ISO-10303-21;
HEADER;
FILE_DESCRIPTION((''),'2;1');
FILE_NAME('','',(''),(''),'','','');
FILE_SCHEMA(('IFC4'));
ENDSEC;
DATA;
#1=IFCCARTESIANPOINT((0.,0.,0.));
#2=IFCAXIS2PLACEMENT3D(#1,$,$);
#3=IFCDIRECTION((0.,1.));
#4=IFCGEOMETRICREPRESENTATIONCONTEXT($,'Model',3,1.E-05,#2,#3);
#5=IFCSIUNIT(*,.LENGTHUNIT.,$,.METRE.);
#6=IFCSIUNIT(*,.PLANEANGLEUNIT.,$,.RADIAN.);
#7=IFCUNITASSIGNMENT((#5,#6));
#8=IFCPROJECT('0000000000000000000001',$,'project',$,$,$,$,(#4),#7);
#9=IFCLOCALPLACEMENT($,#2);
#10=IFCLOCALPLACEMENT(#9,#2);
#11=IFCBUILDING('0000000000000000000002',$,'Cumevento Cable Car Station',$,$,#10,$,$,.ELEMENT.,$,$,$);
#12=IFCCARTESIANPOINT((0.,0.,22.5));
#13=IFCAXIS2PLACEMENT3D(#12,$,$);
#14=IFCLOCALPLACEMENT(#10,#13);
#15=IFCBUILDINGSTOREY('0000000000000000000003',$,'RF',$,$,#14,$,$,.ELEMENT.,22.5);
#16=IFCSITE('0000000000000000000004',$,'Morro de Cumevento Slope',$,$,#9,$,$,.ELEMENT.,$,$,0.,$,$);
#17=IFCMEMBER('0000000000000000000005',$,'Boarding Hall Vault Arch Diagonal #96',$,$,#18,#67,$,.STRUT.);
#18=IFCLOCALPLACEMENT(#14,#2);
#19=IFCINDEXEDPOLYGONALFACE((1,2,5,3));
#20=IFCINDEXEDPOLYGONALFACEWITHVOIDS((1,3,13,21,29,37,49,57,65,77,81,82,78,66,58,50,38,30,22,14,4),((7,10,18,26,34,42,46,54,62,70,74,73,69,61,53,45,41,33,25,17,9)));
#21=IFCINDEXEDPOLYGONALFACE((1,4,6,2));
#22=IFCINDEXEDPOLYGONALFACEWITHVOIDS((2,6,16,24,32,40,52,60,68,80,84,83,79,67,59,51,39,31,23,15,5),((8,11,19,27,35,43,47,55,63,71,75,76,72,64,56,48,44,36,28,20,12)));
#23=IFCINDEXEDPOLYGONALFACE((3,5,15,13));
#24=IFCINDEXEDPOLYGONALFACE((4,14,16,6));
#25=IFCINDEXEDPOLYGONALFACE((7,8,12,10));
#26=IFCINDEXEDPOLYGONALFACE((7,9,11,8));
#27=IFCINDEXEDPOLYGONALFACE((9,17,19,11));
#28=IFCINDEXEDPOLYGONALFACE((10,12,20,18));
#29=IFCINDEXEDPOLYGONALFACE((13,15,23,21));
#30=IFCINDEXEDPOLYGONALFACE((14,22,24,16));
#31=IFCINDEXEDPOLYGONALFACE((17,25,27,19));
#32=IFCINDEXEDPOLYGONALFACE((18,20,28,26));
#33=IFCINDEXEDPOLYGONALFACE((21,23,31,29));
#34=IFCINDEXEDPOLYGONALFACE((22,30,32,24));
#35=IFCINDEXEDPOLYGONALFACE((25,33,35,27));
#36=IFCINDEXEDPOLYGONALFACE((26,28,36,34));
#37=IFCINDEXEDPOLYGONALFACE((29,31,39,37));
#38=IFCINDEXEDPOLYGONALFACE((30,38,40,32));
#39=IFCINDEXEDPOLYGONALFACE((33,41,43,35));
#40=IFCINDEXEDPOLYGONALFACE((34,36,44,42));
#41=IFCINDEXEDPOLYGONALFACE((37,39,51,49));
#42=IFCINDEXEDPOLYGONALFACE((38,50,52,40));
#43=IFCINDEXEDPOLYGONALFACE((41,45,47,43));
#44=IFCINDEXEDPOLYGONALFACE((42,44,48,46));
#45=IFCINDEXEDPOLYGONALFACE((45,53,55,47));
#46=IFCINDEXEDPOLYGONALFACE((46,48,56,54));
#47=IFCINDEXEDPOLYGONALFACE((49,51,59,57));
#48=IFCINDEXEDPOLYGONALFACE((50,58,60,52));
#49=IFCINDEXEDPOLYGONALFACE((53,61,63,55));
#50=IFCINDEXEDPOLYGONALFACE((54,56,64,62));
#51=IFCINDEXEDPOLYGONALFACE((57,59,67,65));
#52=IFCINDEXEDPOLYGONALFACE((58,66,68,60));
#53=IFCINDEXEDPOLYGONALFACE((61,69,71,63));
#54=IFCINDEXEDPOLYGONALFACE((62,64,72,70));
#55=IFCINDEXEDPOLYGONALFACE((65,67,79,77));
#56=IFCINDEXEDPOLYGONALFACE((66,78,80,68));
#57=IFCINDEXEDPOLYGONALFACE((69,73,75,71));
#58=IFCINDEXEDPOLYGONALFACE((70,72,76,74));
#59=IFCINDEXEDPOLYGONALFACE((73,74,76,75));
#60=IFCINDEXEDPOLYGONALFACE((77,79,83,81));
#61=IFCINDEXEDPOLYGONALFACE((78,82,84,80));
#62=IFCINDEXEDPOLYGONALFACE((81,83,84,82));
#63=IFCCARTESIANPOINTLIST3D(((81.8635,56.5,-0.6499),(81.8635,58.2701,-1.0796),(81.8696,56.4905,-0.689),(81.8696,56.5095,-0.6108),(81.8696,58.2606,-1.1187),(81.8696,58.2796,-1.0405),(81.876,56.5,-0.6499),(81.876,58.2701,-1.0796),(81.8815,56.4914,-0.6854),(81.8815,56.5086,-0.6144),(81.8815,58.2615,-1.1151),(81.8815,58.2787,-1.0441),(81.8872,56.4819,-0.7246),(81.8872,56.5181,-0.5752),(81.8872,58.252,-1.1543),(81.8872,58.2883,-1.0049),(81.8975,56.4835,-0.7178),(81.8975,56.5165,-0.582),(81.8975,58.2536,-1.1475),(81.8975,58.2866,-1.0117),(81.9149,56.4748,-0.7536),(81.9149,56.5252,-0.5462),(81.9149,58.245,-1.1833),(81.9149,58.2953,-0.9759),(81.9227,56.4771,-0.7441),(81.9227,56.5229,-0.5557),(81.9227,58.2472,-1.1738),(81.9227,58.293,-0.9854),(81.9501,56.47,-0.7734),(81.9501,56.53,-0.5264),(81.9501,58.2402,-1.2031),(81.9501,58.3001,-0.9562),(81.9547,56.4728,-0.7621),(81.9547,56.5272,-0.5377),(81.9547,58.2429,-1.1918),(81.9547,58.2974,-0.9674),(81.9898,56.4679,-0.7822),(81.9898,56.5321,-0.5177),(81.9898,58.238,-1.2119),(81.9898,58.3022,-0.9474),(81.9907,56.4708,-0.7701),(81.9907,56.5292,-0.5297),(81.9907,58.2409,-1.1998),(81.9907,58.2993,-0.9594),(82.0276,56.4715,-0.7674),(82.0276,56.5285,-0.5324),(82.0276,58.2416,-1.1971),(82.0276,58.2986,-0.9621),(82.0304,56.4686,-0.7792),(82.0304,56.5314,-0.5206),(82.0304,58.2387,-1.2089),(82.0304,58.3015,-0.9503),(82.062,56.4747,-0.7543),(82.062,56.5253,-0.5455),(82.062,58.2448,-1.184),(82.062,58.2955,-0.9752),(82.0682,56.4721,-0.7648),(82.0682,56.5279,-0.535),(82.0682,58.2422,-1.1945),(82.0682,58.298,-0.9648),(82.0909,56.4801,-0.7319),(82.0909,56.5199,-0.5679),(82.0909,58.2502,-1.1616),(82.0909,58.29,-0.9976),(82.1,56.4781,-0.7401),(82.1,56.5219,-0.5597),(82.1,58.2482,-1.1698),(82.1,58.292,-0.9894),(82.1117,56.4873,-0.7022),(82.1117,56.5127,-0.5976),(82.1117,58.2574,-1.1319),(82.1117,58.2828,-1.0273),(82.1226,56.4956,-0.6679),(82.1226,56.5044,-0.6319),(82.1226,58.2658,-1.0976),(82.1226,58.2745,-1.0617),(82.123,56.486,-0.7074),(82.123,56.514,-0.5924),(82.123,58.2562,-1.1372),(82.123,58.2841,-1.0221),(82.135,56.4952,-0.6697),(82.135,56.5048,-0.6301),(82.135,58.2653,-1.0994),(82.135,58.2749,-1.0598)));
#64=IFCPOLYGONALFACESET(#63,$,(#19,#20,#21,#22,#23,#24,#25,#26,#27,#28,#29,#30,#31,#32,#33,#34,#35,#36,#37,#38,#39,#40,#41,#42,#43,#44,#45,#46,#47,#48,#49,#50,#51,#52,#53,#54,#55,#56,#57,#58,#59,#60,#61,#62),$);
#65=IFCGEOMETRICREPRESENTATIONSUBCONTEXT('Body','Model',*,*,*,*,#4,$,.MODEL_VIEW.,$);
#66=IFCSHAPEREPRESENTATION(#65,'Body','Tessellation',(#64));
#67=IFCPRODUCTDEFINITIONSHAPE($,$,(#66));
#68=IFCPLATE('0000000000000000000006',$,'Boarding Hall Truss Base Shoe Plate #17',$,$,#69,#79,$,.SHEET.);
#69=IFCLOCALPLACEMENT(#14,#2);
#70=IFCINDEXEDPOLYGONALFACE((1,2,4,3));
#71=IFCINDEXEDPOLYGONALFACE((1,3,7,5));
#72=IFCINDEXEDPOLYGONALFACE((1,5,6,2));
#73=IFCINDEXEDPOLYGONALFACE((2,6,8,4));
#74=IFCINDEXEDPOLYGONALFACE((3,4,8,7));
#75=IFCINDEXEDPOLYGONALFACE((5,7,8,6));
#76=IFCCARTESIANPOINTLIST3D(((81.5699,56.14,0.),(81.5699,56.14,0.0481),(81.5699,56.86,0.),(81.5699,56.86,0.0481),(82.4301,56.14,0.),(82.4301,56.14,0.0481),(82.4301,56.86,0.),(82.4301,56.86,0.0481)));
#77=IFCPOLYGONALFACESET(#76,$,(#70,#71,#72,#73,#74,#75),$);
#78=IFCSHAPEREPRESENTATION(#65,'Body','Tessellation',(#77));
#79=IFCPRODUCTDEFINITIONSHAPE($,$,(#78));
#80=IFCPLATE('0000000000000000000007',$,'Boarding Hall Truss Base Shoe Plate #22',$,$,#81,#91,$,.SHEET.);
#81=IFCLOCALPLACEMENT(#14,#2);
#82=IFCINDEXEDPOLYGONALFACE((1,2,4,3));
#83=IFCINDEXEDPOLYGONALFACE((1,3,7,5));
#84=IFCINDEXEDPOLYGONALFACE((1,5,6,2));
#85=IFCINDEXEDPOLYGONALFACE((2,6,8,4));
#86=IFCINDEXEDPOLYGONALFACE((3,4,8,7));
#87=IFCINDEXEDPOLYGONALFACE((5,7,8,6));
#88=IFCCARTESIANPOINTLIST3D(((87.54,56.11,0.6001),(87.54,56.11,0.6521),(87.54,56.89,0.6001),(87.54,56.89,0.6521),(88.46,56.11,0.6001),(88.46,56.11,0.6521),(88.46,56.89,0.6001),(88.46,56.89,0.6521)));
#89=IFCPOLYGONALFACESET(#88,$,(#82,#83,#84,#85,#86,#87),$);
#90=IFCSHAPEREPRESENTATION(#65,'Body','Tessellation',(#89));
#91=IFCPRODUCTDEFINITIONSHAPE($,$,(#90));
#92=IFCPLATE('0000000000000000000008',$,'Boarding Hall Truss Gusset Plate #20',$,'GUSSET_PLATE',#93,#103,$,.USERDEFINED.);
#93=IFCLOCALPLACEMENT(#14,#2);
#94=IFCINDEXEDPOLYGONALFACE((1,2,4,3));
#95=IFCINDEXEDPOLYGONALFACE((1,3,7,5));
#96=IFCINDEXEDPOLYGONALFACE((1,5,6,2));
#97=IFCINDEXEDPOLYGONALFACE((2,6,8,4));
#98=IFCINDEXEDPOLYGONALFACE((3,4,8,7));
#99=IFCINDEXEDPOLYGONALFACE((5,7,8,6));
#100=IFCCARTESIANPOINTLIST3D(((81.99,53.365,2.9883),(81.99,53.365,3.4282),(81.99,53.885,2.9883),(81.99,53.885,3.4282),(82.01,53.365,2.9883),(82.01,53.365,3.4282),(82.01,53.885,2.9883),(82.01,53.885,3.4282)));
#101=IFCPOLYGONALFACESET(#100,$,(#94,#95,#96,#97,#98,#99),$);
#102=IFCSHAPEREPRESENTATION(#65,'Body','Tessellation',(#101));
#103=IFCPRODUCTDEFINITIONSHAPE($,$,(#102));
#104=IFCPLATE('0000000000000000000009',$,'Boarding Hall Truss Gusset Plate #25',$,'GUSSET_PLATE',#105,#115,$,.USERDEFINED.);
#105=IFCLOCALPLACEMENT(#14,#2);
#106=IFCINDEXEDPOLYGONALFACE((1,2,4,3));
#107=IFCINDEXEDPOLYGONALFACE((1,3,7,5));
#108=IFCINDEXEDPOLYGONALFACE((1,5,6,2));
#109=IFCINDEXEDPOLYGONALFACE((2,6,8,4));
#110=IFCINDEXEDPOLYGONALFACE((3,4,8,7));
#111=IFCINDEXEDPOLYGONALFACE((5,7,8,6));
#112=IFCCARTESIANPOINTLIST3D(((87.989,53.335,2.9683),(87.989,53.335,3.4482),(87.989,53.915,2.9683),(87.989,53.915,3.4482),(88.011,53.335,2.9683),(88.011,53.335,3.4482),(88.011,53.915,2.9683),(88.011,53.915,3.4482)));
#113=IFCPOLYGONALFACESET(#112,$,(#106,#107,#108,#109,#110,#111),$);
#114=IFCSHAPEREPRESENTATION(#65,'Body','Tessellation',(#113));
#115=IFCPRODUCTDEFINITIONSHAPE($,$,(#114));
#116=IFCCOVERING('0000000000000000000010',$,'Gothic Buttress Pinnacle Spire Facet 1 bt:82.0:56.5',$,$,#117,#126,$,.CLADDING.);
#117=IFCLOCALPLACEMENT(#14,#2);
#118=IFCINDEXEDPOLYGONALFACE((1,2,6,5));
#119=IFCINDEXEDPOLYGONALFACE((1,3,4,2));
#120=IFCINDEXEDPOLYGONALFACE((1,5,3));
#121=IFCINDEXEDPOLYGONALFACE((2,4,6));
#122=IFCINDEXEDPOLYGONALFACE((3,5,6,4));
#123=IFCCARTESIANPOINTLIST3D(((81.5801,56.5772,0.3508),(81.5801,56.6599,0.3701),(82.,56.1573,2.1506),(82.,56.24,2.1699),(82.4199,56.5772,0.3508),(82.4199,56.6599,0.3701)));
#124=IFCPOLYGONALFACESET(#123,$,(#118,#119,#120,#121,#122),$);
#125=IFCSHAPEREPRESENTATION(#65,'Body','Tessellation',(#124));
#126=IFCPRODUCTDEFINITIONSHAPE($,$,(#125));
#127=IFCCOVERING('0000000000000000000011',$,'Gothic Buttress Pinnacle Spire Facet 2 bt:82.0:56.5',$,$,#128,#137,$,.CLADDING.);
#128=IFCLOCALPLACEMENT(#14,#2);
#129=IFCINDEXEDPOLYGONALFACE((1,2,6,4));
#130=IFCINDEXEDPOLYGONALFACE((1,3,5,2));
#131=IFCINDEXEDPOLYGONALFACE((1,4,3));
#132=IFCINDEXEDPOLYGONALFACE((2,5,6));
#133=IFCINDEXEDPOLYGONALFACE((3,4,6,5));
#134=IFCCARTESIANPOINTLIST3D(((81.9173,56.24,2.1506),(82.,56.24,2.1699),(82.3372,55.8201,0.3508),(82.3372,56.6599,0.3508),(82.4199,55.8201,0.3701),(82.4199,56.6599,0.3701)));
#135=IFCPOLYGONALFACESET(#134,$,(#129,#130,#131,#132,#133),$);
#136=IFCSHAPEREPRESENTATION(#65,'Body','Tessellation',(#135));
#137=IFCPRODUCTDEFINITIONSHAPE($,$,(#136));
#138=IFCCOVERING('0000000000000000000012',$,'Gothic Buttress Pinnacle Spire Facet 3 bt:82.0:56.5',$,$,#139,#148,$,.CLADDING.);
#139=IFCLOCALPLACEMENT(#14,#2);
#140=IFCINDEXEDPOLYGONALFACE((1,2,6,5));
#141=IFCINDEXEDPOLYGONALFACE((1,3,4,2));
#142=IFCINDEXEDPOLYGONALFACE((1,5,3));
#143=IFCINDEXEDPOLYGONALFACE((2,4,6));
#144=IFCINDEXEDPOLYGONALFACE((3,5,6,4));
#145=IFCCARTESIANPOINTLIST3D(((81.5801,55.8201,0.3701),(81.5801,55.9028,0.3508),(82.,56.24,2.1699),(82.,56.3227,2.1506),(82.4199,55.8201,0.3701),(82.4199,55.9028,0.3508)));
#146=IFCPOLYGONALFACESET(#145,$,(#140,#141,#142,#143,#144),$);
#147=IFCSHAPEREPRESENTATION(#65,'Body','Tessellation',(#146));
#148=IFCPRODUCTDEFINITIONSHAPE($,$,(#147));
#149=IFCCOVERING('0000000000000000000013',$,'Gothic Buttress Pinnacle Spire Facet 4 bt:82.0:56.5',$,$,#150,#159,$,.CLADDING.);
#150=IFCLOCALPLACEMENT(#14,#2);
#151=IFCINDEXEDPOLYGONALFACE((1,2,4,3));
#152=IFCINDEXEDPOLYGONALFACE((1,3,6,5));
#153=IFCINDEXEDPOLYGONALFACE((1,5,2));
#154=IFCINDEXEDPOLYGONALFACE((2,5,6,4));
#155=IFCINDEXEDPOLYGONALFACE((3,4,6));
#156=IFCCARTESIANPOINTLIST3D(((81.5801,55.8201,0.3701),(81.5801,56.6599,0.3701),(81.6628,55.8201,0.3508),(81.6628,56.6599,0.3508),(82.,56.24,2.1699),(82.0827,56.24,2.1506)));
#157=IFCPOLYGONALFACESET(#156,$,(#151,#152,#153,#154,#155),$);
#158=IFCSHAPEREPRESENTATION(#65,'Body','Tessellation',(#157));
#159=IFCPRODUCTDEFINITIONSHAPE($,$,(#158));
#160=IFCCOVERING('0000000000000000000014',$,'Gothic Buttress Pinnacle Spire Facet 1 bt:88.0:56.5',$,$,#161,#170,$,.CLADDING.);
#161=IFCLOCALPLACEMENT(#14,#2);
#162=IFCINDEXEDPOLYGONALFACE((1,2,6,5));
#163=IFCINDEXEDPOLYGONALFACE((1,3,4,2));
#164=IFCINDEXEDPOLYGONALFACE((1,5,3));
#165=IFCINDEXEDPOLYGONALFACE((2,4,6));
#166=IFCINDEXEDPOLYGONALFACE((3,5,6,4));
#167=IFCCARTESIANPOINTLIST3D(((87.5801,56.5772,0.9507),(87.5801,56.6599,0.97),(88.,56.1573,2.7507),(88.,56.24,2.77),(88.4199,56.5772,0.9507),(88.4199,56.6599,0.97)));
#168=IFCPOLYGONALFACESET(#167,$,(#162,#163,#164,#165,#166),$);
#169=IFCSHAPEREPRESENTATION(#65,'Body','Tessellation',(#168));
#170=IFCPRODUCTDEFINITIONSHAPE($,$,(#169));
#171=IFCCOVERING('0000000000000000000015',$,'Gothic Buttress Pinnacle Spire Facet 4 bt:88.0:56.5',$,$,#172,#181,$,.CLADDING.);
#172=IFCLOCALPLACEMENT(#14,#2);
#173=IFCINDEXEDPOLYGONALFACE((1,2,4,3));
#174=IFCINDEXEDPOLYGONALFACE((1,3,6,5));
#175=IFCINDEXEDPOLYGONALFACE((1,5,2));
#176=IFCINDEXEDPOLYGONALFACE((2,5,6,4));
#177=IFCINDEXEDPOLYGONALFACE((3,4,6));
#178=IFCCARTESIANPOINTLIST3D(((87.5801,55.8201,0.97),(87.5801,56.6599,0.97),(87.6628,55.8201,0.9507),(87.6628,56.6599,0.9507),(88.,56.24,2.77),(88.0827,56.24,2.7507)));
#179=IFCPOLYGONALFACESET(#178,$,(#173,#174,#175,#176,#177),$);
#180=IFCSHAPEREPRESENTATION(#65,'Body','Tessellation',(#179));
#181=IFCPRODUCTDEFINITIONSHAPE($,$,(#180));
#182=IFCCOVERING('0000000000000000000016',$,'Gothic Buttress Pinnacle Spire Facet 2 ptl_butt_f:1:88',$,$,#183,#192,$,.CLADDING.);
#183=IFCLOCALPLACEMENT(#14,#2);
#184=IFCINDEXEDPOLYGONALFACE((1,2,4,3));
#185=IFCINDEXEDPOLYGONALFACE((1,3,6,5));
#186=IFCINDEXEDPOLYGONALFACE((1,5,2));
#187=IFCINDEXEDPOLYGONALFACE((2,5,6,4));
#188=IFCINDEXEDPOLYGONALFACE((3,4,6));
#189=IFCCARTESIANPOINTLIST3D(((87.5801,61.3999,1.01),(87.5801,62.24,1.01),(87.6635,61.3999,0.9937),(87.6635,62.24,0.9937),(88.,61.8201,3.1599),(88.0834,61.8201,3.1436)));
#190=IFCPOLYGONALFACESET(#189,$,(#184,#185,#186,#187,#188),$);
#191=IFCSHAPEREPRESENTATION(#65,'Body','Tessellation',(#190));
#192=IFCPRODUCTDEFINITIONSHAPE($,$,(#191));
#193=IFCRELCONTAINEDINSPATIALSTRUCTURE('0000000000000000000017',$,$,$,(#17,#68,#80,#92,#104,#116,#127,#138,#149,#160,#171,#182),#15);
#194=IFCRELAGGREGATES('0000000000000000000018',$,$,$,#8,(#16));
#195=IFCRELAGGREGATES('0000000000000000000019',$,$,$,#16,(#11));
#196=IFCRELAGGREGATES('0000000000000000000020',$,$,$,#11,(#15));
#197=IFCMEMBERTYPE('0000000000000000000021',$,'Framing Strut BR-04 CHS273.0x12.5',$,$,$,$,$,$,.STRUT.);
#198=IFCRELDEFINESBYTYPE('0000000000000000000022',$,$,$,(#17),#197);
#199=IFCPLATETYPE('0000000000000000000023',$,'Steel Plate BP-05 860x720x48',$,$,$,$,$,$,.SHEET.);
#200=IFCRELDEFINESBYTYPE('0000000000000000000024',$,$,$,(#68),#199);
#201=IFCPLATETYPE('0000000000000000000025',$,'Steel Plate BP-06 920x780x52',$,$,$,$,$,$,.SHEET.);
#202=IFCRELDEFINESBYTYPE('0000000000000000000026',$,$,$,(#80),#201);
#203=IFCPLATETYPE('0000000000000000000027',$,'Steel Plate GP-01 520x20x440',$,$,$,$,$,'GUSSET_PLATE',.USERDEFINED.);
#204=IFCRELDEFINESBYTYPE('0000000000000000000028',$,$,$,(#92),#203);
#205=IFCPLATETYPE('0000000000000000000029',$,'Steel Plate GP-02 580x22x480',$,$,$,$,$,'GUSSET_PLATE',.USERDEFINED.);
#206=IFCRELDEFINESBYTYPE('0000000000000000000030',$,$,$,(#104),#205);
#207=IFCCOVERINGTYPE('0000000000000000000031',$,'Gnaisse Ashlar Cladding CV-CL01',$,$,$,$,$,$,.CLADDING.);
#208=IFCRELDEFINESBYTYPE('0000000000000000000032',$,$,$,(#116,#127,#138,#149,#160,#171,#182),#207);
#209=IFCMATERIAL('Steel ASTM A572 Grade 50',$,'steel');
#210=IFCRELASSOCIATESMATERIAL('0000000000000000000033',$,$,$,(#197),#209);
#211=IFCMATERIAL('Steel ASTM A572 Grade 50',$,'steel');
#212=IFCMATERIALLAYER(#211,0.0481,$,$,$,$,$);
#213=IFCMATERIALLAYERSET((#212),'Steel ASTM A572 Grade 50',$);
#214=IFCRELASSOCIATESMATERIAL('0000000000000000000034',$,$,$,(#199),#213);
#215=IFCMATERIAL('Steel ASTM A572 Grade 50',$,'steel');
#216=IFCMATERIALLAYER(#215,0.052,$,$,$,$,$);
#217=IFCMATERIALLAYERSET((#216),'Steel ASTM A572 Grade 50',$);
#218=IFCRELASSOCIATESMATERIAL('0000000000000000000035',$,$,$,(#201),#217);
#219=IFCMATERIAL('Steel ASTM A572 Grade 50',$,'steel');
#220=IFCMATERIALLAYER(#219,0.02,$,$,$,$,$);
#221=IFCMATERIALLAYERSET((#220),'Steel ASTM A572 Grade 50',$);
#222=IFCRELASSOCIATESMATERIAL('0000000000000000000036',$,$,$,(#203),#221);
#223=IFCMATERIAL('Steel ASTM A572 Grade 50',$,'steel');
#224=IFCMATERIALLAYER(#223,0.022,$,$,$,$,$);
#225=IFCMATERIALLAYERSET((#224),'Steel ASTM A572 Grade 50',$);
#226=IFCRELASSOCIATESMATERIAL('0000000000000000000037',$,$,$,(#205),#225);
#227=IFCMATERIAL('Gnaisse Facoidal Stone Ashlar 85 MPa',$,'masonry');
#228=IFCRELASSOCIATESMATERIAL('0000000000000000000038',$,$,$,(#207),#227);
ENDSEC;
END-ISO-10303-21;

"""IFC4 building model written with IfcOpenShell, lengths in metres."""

from ifc_helpers import new_model, si_unit, direction, frame, origin, origin_2d, place, context, subcontext, project, spatial, polyline, rectangle, hollow_circle, outline, extrude, material, layer, layer_set, material_profile, profile_set, type_object, element, save


model = new_model("IFC4")

# Units and contexts
model_context = context("Model", 3, precision=1e-05, world=origin(), true_north=direction((0.0, 1.0)))
body_context = subcontext(model_context, "Body", "Model", "MODEL_VIEW")
ifc_project = project(units=[si_unit("LENGTHUNIT", "METRE"), si_unit("PLANEANGLEUNIT", "RADIAN")], contexts=[model_context])

# Site, building, storey
site_placement = place(None, origin())
site = spatial("IfcSite", under=ifc_project, at=site_placement, Name="Morro de Cumevento Slope", CompositionType="ELEMENT", RefElevation=0.0)
building_placement = place(site_placement, origin())
building = spatial("IfcBuilding", under=site, at=building_placement, Name="Cumevento Cable Car Station", CompositionType="ELEMENT")
storey_placement = place(building_placement, frame((0.0, 0.0, 22.5)))
storey = spatial("IfcBuildingStorey", under=building, at=storey_placement, Name="RF", CompositionType="ELEMENT", Elevation=22.5)

# Member
ifc_material_1 = material(Name="Steel ASTM A572 Grade 50", Category="steel")
ifc_material_profile_1 = material_profile(ifc_material_1, hollow_circle(Radius=0.1365, WallThickness=0.0125, at=origin_2d()), Name="CHS273.0x12.5")
ifc_profile_set_1 = profile_set([ifc_material_profile_1], Name="Steel ASTM A572 Grade 50")
member_type_1 = type_object("IfcMemberType", Name="Framing Strut BR-04 CHS273.0x12.5", PredefinedType="STRUT", material=ifc_profile_set_1)
for number, where, z_axis, x_axis, name in (
    (1, (82.0, 56.5, -0.6499), (0.0, 0.971776, -0.235907), (-1.0, 0.0, 0.0), "Boarding Hall Vault Arch Diagonal #96"),
):
    element("IfcMember", number, at=place(storey_placement, frame(where, z_axis=z_axis, x_axis=x_axis)), inside=storey, type_object=member_type_1, Name=name, PredefinedType="STRUT", context=body_context, shape_type="SweptSolid", body=[
        extrude(hollow_circle(Radius=0.1365, WallThickness=0.0125, at=origin_2d()), origin(), (0.0, 0.0, 1.0), 1.8215),
    ])

# Plates
ifc_material_2 = material(Name="Steel ASTM A572 Grade 50", Category="steel")
ifc_layer_1 = layer(ifc_material_2, 0.0481)
ifc_layer_set_1 = layer_set([ifc_layer_1], Name="Steel ASTM A572 Grade 50")
plate_type_1 = type_object("IfcPlateType", Name="Steel Plate BP-05 860x720x48", PredefinedType="SHEET", material=ifc_layer_set_1)
plate_1_placement = place(storey_placement, frame((82.0, 56.5, 0.0), z_axis=(0.0, 0.0, 1.0), x_axis=(1.0, 0.0, 0.0)))
element("IfcPlate", 2, at=plate_1_placement, inside=storey, type_object=plate_type_1, Name="Boarding Hall Truss Base Shoe Plate #17", PredefinedType="SHEET", context=body_context, shape_type="SweptSolid", body=[
    extrude(rectangle(XDim=0.8601, YDim=0.72, at=origin_2d()), origin(), (0.0, 0.0, 1.0), 0.0481),
])
ifc_material_3 = material(Name="Steel ASTM A572 Grade 50", Category="steel")
ifc_layer_2 = layer(ifc_material_3, 0.052)
ifc_layer_set_2 = layer_set([ifc_layer_2], Name="Steel ASTM A572 Grade 50")
plate_type_2 = type_object("IfcPlateType", Name="Steel Plate BP-06 920x780x52", PredefinedType="SHEET", material=ifc_layer_set_2)
plate_2_placement = place(storey_placement, frame((88.0, 56.5, 0.6001), z_axis=(0.0, 0.0, 1.0), x_axis=(1.0, 0.0, 0.0)))
element("IfcPlate", 3, at=plate_2_placement, inside=storey, type_object=plate_type_2, Name="Boarding Hall Truss Base Shoe Plate #22", PredefinedType="SHEET", context=body_context, shape_type="SweptSolid", body=[
    extrude(rectangle(XDim=0.9199, YDim=0.78, at=origin_2d()), origin(), (0.0, 0.0, 1.0), 0.052),
])
ifc_material_4 = material(Name="Steel ASTM A572 Grade 50", Category="steel")
ifc_layer_3 = layer(ifc_material_4, 0.02)
ifc_layer_set_3 = layer_set([ifc_layer_3], Name="Steel ASTM A572 Grade 50")
plate_type_3 = type_object("IfcPlateType", Name="Steel Plate GP-01 520x20x440", ElementType="GUSSET_PLATE", PredefinedType="USERDEFINED", material=ifc_layer_set_3)
plate_3_placement = place(storey_placement, frame((82.0, 53.625, 2.9883), z_axis=(0.0, 0.0, 1.0), x_axis=(0.0, 1.0, 0.0)))
element("IfcPlate", 4, at=plate_3_placement, inside=storey, type_object=plate_type_3, Name="Boarding Hall Truss Gusset Plate #20", ObjectType="GUSSET_PLATE", PredefinedType="USERDEFINED", context=body_context, shape_type="SweptSolid", body=[
    extrude(rectangle(XDim=0.52, YDim=0.02, at=origin_2d()), origin(), (0.0, 0.0, 1.0), 0.4399),
])
ifc_material_5 = material(Name="Steel ASTM A572 Grade 50", Category="steel")
ifc_layer_4 = layer(ifc_material_5, 0.022)
ifc_layer_set_4 = layer_set([ifc_layer_4], Name="Steel ASTM A572 Grade 50")
plate_type_4 = type_object("IfcPlateType", Name="Steel Plate GP-02 580x22x480", ElementType="GUSSET_PLATE", PredefinedType="USERDEFINED", material=ifc_layer_set_4)
plate_4_placement = place(storey_placement, frame((88.0, 53.625, 2.9683), z_axis=(0.0, 0.0, 1.0), x_axis=(0.0, 1.0, 0.0)))
element("IfcPlate", 5, at=plate_4_placement, inside=storey, type_object=plate_type_4, Name="Boarding Hall Truss Gusset Plate #25", ObjectType="GUSSET_PLATE", PredefinedType="USERDEFINED", context=body_context, shape_type="SweptSolid", body=[
    extrude(rectangle(XDim=0.5801, YDim=0.022, at=origin_2d()), origin(), (0.0, 0.0, 1.0), 0.48),
])

# Coverings
ifc_material_6 = material(Name="Gnaisse Facoidal Stone Ashlar 85 MPa", Category="masonry")
covering_type = type_object("IfcCoveringType", Name="Gnaisse Ashlar Cladding CV-CL01", PredefinedType="CLADDING", material=ifc_material_6)
for number, where, z_axis, x_axis, name in (
    (6, (81.5801, 56.6599, 0.3701), (0.0, 0.973845, 0.227213), (1.0, 0.0, 0.0), "Gothic Buttress Pinnacle Spire Facet 1 bt:82.0:56.5"),
    (7, (82.4199, 56.6599, 0.3701), (0.973845, 0.0, 0.227213), (0.0, -1.0, 0.0), "Gothic Buttress Pinnacle Spire Facet 2 bt:82.0:56.5"),
    (8, (82.4199, 55.8201, 0.3701), (0.0, -0.973845, 0.227213), (-1.0, 0.0, 0.0), "Gothic Buttress Pinnacle Spire Facet 3 bt:82.0:56.5"),
    (9, (81.5801, 55.8201, 0.3701), (-0.973845, 0.0, 0.227213), (0.0, 1.0, 0.0), "Gothic Buttress Pinnacle Spire Facet 4 bt:82.0:56.5"),
):
    element("IfcCovering", number, at=place(storey_placement, frame(where, z_axis=z_axis, x_axis=x_axis)), inside=storey, type_object=covering_type, Name=name, PredefinedType="CLADDING", context=body_context, shape_type="SweptSolid", body=[
        extrude(outline(polyline([(0.0, 0.0), (0.8398, 0.0), (0.4199, -1.8481), (0.0, 0.0)])), origin(), (0.0, 0.0, -1.0), 0.085),
    ])
for number, where, z_axis, x_axis, name in (
    (10, (87.5801, 56.6599, 0.97), (0.0, 0.973852, 0.227184), (1.0, 0.0, 0.0), "Gothic Buttress Pinnacle Spire Facet 1 bt:88.0:56.5"),
    (11, (87.5801, 55.8201, 0.97), (-0.973852, 0.0, 0.227184), (0.0, 1.0, 0.0), "Gothic Buttress Pinnacle Spire Facet 4 bt:88.0:56.5"),
):
    element("IfcCovering", number, at=place(storey_placement, frame(where, z_axis=z_axis, x_axis=x_axis)), inside=storey, type_object=covering_type, Name=name, PredefinedType="CLADDING", context=body_context, shape_type="SweptSolid", body=[
        extrude(outline(polyline([(0.0, 0.0), (0.8398, 0.0), (0.4199, -1.8484), (0.0, 0.0)])), origin(), (0.0, 0.0, -1.0), 0.085),
    ])
covering_1_placement = place(storey_placement, frame((87.5801, 61.3999, 1.01), z_axis=(-0.981454, 0.0, 0.191699), x_axis=(0.0, 1.0, 0.0)))
element("IfcCovering", 12, at=covering_1_placement, inside=storey, type_object=covering_type, Name="Gothic Buttress Pinnacle Spire Facet 2 ptl_butt_f:1:88", PredefinedType="CLADDING", context=body_context, shape_type="SweptSolid", body=[
    extrude(outline(polyline([(0.0, 0.0), (0.8401, 0.0), (0.4202, -2.1905), (0.0, 0.0)])), origin(), (0.0, 0.0, -1.0), 0.085),
])

save(model, "model.ifc")
